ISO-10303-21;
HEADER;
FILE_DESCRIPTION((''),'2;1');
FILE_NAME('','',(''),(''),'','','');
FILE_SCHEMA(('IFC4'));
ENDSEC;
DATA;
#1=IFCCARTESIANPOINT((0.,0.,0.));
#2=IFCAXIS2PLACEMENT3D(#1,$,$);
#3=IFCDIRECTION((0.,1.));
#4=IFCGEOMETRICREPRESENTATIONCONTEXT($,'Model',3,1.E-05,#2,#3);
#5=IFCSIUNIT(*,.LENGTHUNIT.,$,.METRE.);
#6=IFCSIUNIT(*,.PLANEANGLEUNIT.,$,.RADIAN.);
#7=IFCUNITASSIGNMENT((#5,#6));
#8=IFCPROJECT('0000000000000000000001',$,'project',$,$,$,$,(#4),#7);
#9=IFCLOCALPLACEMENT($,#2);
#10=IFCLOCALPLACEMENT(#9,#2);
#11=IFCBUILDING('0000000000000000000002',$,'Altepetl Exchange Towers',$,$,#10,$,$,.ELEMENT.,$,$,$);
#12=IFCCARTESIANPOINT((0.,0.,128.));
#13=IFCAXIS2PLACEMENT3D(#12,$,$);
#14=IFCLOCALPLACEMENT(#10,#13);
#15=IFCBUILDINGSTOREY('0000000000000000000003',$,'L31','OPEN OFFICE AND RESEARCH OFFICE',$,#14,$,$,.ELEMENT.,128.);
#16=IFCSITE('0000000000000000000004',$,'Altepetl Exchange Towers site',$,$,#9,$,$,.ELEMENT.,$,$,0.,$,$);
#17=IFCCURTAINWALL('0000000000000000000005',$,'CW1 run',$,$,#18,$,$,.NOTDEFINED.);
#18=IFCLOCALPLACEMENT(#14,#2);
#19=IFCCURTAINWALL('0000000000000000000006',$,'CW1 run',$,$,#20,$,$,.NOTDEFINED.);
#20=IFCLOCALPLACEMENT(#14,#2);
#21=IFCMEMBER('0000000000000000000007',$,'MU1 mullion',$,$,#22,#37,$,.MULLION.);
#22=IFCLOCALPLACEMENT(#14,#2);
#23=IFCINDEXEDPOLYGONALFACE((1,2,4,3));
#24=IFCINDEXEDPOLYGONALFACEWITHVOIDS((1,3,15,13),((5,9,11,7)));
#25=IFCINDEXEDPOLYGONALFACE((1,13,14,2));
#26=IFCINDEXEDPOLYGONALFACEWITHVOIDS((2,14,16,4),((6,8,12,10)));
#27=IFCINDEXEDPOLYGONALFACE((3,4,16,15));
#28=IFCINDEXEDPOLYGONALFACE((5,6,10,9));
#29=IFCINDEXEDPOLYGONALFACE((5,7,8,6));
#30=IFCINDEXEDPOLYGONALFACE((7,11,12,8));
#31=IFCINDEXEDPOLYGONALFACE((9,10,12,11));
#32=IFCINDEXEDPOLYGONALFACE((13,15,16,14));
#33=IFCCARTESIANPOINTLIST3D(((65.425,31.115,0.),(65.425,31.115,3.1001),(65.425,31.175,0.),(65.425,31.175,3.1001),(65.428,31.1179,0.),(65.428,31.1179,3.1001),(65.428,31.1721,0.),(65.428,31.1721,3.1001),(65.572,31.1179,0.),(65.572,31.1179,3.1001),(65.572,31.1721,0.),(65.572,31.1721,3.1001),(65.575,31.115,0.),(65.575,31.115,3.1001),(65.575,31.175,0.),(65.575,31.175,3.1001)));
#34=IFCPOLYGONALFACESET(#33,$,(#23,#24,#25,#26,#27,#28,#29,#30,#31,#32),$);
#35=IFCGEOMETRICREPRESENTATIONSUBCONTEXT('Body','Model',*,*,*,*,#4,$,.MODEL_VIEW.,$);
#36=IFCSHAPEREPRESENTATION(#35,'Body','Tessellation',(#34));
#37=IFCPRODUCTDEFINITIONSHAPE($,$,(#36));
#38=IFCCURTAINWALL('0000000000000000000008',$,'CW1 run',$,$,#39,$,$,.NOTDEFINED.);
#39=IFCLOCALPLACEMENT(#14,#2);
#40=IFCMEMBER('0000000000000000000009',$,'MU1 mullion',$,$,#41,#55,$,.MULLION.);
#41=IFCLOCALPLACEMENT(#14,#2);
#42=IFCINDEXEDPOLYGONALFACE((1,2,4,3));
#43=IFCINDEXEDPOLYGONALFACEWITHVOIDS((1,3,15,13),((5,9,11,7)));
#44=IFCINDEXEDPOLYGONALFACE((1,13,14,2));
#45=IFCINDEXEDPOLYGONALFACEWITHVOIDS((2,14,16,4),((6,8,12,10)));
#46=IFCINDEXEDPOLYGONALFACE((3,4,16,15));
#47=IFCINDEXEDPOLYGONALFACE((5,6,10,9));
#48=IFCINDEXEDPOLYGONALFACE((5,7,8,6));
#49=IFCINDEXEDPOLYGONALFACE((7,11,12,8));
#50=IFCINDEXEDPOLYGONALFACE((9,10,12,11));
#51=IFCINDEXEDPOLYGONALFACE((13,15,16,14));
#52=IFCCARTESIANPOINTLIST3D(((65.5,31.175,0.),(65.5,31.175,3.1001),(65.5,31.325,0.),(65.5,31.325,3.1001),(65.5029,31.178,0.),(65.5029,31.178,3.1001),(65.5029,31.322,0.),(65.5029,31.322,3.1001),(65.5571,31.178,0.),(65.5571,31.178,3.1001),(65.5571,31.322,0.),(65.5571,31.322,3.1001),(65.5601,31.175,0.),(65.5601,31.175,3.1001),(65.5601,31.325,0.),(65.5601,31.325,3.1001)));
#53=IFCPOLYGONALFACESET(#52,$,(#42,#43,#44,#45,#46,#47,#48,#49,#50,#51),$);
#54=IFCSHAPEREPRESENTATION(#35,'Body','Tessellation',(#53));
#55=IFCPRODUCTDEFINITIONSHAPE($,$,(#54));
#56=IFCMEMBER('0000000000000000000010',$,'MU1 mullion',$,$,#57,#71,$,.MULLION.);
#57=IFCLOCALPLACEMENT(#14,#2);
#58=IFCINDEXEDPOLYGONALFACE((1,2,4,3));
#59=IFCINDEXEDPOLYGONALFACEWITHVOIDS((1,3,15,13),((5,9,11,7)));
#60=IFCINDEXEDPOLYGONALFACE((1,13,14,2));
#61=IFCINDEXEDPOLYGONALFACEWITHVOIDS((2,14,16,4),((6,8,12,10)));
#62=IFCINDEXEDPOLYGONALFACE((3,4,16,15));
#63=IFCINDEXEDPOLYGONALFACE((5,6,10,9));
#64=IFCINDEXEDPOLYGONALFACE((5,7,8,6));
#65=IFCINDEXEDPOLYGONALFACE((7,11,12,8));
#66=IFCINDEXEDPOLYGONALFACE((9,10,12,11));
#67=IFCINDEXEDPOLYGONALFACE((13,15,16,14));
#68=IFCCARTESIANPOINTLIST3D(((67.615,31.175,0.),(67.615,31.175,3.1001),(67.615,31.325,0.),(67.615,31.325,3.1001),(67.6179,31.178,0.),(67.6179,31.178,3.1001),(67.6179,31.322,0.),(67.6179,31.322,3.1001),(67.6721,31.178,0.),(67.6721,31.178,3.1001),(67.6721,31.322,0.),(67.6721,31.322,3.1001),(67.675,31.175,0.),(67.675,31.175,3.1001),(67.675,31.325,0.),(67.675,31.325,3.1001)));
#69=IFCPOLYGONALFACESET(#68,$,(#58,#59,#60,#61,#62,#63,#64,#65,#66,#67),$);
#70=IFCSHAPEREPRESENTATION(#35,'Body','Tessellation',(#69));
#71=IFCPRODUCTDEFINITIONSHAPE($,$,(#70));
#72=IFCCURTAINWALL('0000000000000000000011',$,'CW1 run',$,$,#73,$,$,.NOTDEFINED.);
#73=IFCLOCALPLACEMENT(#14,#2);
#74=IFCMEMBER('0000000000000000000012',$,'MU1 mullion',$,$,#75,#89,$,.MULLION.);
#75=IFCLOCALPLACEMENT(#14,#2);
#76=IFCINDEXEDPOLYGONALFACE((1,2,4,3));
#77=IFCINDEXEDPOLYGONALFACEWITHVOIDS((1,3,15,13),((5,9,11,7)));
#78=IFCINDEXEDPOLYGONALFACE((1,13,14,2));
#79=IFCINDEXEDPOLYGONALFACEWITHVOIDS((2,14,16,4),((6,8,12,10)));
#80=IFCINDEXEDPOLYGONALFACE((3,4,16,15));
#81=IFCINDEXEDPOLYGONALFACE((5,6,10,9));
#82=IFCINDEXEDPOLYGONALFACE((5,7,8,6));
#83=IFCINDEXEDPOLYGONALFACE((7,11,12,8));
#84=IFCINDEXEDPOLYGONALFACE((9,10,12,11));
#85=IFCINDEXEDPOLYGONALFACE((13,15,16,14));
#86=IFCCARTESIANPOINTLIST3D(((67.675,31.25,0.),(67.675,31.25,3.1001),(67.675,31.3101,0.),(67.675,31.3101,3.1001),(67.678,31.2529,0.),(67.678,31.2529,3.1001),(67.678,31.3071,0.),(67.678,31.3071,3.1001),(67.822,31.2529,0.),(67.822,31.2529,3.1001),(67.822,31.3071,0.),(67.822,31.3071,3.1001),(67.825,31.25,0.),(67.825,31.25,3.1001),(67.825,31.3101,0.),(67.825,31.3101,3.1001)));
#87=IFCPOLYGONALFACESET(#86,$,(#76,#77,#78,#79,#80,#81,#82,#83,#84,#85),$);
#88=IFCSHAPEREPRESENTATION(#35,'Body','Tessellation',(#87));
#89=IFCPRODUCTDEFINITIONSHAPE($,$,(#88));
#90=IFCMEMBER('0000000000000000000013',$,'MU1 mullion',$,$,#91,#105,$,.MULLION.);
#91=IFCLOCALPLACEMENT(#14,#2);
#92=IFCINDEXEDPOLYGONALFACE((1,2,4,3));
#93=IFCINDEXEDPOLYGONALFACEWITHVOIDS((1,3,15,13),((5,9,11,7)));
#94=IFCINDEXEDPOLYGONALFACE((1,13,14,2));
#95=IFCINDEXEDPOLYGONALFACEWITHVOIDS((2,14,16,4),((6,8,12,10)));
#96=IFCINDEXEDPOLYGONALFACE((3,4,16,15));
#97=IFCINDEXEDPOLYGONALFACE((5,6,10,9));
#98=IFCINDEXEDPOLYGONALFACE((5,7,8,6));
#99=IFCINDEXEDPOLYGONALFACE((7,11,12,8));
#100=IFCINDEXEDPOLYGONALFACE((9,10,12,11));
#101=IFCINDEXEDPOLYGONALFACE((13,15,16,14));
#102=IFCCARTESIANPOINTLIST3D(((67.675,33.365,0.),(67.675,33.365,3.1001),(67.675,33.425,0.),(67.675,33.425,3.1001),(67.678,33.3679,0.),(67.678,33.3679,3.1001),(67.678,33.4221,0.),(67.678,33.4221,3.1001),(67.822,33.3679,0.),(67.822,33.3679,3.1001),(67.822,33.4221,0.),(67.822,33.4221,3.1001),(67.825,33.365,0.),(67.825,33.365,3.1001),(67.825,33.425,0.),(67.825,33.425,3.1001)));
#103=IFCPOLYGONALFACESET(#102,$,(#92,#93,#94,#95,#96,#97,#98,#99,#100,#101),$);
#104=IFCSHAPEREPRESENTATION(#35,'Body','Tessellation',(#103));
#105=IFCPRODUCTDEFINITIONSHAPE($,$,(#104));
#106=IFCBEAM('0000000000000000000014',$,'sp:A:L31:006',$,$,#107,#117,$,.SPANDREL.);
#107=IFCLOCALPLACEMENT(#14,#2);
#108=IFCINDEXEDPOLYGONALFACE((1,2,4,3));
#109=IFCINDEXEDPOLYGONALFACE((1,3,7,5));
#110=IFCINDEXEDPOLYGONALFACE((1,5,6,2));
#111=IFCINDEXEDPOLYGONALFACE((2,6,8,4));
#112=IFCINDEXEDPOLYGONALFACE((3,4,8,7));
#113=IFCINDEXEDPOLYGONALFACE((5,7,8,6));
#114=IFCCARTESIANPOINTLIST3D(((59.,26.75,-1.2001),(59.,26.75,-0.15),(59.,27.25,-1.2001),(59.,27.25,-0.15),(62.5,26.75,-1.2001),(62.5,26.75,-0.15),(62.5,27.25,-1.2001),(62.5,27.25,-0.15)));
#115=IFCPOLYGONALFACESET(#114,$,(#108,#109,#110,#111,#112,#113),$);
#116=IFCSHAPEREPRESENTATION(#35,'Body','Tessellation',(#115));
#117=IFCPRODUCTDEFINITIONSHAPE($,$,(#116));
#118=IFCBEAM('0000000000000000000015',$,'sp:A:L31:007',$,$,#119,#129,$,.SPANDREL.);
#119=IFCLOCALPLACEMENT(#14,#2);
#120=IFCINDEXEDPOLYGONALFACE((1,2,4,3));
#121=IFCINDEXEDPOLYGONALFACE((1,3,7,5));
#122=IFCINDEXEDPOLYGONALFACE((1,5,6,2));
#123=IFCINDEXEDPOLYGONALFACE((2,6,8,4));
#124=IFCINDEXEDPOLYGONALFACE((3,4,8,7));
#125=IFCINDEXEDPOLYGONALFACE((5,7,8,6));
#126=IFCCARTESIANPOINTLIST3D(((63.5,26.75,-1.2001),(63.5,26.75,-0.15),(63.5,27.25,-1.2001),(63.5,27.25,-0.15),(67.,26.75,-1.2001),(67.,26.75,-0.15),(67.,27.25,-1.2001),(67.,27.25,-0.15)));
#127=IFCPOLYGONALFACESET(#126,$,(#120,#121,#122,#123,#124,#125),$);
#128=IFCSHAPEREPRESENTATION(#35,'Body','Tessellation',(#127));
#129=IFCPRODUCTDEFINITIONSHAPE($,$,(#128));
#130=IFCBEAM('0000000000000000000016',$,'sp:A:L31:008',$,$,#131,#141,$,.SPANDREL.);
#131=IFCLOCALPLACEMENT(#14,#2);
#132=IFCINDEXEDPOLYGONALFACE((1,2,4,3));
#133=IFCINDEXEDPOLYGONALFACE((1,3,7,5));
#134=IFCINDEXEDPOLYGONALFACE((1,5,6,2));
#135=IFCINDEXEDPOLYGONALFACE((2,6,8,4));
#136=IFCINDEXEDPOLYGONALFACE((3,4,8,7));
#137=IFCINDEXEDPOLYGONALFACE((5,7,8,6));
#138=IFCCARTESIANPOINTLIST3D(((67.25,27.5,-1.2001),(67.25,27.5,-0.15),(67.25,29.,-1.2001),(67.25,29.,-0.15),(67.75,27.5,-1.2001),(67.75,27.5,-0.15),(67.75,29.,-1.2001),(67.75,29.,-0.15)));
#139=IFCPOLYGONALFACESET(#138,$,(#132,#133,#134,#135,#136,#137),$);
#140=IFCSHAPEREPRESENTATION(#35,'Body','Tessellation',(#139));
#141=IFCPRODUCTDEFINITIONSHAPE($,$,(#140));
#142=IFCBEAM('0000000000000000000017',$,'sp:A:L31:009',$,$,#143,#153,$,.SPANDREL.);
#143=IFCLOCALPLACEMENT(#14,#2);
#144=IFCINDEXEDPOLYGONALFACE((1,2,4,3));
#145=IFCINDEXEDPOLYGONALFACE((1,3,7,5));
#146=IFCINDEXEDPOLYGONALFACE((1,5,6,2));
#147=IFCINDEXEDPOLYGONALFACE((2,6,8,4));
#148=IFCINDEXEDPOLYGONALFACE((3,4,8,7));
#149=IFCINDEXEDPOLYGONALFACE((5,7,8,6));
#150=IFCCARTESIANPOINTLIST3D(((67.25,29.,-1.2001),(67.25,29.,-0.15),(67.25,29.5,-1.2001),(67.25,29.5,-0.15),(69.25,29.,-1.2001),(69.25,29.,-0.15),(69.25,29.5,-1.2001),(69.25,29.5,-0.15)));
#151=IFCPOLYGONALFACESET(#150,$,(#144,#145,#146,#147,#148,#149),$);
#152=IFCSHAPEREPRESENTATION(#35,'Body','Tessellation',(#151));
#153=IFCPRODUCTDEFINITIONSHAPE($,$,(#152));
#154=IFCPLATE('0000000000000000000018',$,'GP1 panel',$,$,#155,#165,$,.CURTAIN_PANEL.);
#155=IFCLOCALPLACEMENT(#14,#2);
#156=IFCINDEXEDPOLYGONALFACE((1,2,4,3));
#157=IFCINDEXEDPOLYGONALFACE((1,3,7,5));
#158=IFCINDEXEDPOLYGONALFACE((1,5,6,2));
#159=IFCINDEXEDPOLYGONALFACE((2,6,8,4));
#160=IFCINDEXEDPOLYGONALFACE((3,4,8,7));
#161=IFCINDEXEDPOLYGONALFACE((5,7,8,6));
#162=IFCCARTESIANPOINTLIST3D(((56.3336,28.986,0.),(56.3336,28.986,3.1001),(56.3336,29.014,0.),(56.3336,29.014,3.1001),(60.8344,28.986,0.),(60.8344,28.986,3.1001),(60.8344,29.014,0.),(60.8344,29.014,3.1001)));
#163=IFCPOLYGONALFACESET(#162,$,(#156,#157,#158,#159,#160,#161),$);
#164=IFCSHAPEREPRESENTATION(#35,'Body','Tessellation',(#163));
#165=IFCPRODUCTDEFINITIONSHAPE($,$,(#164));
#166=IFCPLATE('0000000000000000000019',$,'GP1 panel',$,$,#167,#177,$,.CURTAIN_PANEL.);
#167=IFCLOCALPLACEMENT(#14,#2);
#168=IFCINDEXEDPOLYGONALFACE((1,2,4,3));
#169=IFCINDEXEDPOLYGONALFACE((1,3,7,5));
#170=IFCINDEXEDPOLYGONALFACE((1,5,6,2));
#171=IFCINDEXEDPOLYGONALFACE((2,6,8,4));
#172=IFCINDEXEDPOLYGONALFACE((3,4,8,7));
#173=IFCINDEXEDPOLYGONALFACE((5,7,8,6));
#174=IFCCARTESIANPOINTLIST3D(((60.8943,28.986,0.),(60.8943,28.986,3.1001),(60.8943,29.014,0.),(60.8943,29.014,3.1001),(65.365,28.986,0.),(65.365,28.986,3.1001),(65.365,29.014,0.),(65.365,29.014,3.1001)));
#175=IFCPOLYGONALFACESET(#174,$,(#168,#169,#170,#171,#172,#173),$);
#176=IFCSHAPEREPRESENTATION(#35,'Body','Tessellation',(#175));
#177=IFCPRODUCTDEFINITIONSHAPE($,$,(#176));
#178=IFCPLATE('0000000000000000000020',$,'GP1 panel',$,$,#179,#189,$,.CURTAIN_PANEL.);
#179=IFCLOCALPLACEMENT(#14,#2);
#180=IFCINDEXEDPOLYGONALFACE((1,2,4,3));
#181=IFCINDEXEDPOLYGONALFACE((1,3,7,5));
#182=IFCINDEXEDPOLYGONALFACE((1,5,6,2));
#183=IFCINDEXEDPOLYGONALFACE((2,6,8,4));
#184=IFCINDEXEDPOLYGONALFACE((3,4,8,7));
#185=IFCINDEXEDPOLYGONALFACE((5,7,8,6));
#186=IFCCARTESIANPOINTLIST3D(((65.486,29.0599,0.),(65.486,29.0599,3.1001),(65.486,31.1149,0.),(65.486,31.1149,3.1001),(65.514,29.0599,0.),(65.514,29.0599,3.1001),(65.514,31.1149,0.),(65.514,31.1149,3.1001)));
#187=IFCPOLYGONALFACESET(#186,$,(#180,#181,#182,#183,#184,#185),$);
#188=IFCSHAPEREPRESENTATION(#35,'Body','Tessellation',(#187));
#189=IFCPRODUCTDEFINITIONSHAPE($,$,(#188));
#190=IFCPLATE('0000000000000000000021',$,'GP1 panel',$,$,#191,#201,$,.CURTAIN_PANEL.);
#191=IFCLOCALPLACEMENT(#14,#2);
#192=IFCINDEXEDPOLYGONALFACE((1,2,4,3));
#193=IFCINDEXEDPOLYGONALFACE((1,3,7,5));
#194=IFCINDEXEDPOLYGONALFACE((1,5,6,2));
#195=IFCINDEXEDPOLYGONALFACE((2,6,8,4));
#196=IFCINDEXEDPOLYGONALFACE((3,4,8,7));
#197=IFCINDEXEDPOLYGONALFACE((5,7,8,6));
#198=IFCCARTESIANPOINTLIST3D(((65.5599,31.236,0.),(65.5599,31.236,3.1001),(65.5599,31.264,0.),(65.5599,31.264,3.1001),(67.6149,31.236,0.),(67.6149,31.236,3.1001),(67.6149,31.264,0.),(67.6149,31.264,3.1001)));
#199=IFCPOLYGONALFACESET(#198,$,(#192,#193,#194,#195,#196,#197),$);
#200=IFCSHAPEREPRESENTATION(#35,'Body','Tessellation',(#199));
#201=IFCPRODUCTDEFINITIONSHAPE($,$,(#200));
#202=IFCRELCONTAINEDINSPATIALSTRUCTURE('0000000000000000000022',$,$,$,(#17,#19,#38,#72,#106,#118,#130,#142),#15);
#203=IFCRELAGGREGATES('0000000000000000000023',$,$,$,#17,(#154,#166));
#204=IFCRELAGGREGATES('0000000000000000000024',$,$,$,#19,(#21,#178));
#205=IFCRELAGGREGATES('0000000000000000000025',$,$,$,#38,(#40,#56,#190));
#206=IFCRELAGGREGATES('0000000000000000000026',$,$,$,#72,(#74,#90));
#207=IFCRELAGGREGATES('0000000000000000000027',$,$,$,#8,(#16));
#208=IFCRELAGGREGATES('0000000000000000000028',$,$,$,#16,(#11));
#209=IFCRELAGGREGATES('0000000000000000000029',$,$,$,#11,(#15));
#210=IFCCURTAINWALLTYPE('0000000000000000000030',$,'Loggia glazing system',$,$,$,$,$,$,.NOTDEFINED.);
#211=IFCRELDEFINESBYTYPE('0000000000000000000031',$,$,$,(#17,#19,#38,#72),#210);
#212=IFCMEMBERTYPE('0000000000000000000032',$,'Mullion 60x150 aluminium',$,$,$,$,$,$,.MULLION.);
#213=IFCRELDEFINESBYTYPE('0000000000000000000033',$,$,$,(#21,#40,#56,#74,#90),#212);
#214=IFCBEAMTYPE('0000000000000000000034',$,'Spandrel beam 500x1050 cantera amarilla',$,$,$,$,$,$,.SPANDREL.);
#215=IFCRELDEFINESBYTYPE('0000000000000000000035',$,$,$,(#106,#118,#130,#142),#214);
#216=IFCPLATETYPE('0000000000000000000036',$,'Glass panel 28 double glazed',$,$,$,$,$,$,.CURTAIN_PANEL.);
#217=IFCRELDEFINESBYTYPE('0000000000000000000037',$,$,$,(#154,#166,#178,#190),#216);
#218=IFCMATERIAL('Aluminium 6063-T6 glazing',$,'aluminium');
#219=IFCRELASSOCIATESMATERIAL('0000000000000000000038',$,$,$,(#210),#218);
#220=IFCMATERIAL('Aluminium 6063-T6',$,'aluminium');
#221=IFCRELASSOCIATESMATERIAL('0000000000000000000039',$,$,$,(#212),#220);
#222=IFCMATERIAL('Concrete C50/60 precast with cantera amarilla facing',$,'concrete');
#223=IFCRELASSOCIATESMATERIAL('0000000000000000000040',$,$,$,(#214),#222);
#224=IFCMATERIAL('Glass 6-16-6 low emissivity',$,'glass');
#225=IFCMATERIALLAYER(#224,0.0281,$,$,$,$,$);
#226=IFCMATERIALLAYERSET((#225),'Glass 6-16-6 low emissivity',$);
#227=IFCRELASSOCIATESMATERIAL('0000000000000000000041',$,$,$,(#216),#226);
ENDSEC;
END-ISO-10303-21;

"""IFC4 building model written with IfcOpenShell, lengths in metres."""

from ifc_helpers import new_model, si_unit, direction, frame, origin, origin_2d, place, context, subcontext, project, spatial, rectangle, hollow_rectangle, extrude, material, layer, layer_set, material_profile, profile_set, type_object, element, aggregate, save


model = new_model("IFC4")

# Units and contexts
model_context = context("Model", 3, precision=1e-05, world=origin(), true_north=direction((0.0, 1.0)))
body_context = subcontext(model_context, "Body", "Model", "MODEL_VIEW")
ifc_project = project(units=[si_unit("LENGTHUNIT", "METRE"), si_unit("PLANEANGLEUNIT", "RADIAN")], contexts=[model_context])

# Site, building, storey
site_placement = place(None, origin())
site = spatial("IfcSite", under=ifc_project, at=site_placement, Name="Altepetl Exchange Towers site", CompositionType="ELEMENT", RefElevation=0.0)
building_placement = place(site_placement, origin())
building = spatial("IfcBuilding", under=site, at=building_placement, Name="Altepetl Exchange Towers", CompositionType="ELEMENT")
storey_placement = place(building_placement, frame((0.0, 0.0, 128.0)))
storey = spatial("IfcBuildingStorey", under=building, at=storey_placement, Name="L31", Description="OPEN OFFICE AND RESEARCH OFFICE", CompositionType="ELEMENT", Elevation=128.0)

# Curtain walls, members
ifc_material_1 = material(Name="Aluminium 6063-T6 glazing", Category="aluminium")
curtain_wall_type = type_object("IfcCurtainWallType", Name="Loggia glazing system", PredefinedType="NOTDEFINED", material=ifc_material_1)
curtain_wall_1_placement = place(storey_placement, origin())
curtain_wall_1 = element("IfcCurtainWall", 1, at=curtain_wall_1_placement, inside=storey, type_object=curtain_wall_type, Name="CW1 run", PredefinedType="NOTDEFINED")
ifc_material_2 = material(Name="Aluminium 6063-T6", Category="aluminium")
ifc_material_profile_1 = material_profile(ifc_material_2, hollow_rectangle(XDim=0.0601, YDim=0.1499, WallThickness=0.0029, at=origin_2d()), Name="Mullion 60x150 aluminium")
ifc_profile_set_1 = profile_set([ifc_material_profile_1], Name="Aluminium 6063-T6")
member_type = type_object("IfcMemberType", Name="Mullion 60x150 aluminium", PredefinedType="MULLION", material=ifc_profile_set_1)
curtain_wall_2_placement = place(storey_placement, origin())
curtain_wall_2 = element("IfcCurtainWall", 2, at=curtain_wall_2_placement, inside=storey, type_object=curtain_wall_type, Name="CW1 run", PredefinedType="NOTDEFINED")
member_1_placement = place(storey_placement, frame((65.5, 31.145, 0.0), z_axis=(0.0, 0.0, 1.0), x_axis=(0.0, 1.0, 0.0)))
member_1 = element("IfcMember", 3, at=member_1_placement, type_object=member_type, Name="MU1 mullion", PredefinedType="MULLION", context=body_context, shape_type="SweptSolid", body=[
    extrude(hollow_rectangle(XDim=0.0601, YDim=0.1499, WallThickness=0.0029, at=origin_2d()), origin(), (0.0, 0.0, 1.0), 3.1001),
])
curtain_wall_3_placement = place(storey_placement, origin())
curtain_wall_3 = element("IfcCurtainWall", 4, at=curtain_wall_3_placement, inside=storey, type_object=curtain_wall_type, Name="CW1 run", PredefinedType="NOTDEFINED")
member_2_placement = place(storey_placement, frame((65.53, 31.25, 0.0)))
member_2 = element("IfcMember", 5, at=member_2_placement, type_object=member_type, Name="MU1 mullion", PredefinedType="MULLION", context=body_context, shape_type="SweptSolid", body=[
    extrude(hollow_rectangle(XDim=0.0601, YDim=0.1499, WallThickness=0.0029, at=origin_2d()), origin(), (0.0, 0.0, 1.0), 3.1001),
])
member_3_placement = place(storey_placement, frame((67.645, 31.25, 0.0)))
member_3 = element("IfcMember", 6, at=member_3_placement, type_object=member_type, Name="MU1 mullion", PredefinedType="MULLION", context=body_context, shape_type="SweptSolid", body=[
    extrude(hollow_rectangle(XDim=0.0601, YDim=0.1499, WallThickness=0.0029, at=origin_2d()), origin(), (0.0, 0.0, 1.0), 3.1001),
])
curtain_wall_4_placement = place(storey_placement, origin())
curtain_wall_4 = element("IfcCurtainWall", 7, at=curtain_wall_4_placement, inside=storey, type_object=curtain_wall_type, Name="CW1 run", PredefinedType="NOTDEFINED")
member_4_placement = place(storey_placement, frame((67.75, 31.28, 0.0), z_axis=(0.0, 0.0, 1.0), x_axis=(0.0, 1.0, 0.0)))
member_4 = element("IfcMember", 8, at=member_4_placement, type_object=member_type, Name="MU1 mullion", PredefinedType="MULLION", context=body_context, shape_type="SweptSolid", body=[
    extrude(hollow_rectangle(XDim=0.0601, YDim=0.1499, WallThickness=0.0029, at=origin_2d()), origin(), (0.0, 0.0, 1.0), 3.1001),
])
member_5_placement = place(storey_placement, frame((67.75, 33.395, 0.0), z_axis=(0.0, 0.0, 1.0), x_axis=(0.0, 1.0, 0.0)))
member_5 = element("IfcMember", 9, at=member_5_placement, type_object=member_type, Name="MU1 mullion", PredefinedType="MULLION", context=body_context, shape_type="SweptSolid", body=[
    extrude(hollow_rectangle(XDim=0.0601, YDim=0.1499, WallThickness=0.0029, at=origin_2d()), origin(), (0.0, 0.0, 1.0), 3.1001),
])

# Beams
ifc_material_3 = material(Name="Concrete C50/60 precast with cantera amarilla facing", Category="concrete")
ifc_material_profile_2 = material_profile(ifc_material_3, rectangle(XDim=0.5, YDim=1.05, at=origin_2d()), Name="500 x 1050")
ifc_profile_set_2 = profile_set([ifc_material_profile_2], Name="Concrete C50/60 precast with cantera amarilla facing")
beam_type_1 = type_object("IfcBeamType", Name="Spandrel beam 500x1050 cantera amarilla", PredefinedType="SPANDREL", material=ifc_profile_set_2)
for number, where, z_axis, x_axis, name in (
    (10, (59.0, 27.0, -0.675), (1.0, 0.0, 0.0), (0.0, 1.0, 0.0), "sp:A:L31:006"),
    (11, (63.5, 27.0, -0.675), (1.0, 0.0, 0.0), (0.0, 1.0, 0.0), "sp:A:L31:007"),
):
    element("IfcBeam", number, at=place(storey_placement, frame(where, z_axis=z_axis, x_axis=x_axis)), inside=storey, type_object=beam_type_1, Name=name, PredefinedType="SPANDREL", context=body_context, shape_type="SweptSolid", body=[
        extrude(rectangle(XDim=0.5, YDim=1.05, at=origin_2d()), origin(), (0.0, 0.0, 1.0), 3.5),
    ])
beam_1_placement = place(storey_placement, frame((67.5, 27.5, -0.675), z_axis=(0.0, 1.0, 0.0), x_axis=(-1.0, 0.0, 0.0)))
element("IfcBeam", 12, at=beam_1_placement, inside=storey, type_object=beam_type_1, Name="sp:A:L31:008", PredefinedType="SPANDREL", context=body_context, shape_type="SweptSolid", body=[
    extrude(rectangle(XDim=0.5, YDim=1.05, at=origin_2d()), origin(), (0.0, 0.0, 1.0), 1.5),
])
beam_2_placement = place(storey_placement, frame((67.25, 29.25, -0.675), z_axis=(1.0, 0.0, 0.0), x_axis=(0.0, 1.0, 0.0)))
element("IfcBeam", 13, at=beam_2_placement, inside=storey, type_object=beam_type_1, Name="sp:A:L31:009", PredefinedType="SPANDREL", context=body_context, shape_type="SweptSolid", body=[
    extrude(rectangle(XDim=0.5, YDim=1.05, at=origin_2d()), origin(), (0.0, 0.0, 1.0), 2.0),
])

# Plates
ifc_material_4 = material(Name="Glass 6-16-6 low emissivity", Category="glass")
ifc_layer_1 = layer(ifc_material_4, 0.0281)
ifc_layer_set_1 = layer_set([ifc_layer_1], Name="Glass 6-16-6 low emissivity")
plate_type = type_object("IfcPlateType", Name="Glass panel 28 double glazed", PredefinedType="CURTAIN_PANEL", material=ifc_layer_set_1)
plate_1_placement = place(storey_placement, frame((58.584, 29.0, 0.0)))
plate_1 = element("IfcPlate", 14, at=plate_1_placement, type_object=plate_type, Name="GP1 panel", PredefinedType="CURTAIN_PANEL", context=body_context, shape_type="SweptSolid", body=[
    extrude(rectangle(XDim=4.5007, YDim=0.0281, at=origin_2d()), origin(), (0.0, 0.0, 1.0), 3.1001),
])
plate_2_placement = place(storey_placement, frame((63.1296, 29.0, 0.0)))
plate_2 = element("IfcPlate", 15, at=plate_2_placement, type_object=plate_type, Name="GP1 panel", PredefinedType="CURTAIN_PANEL", context=body_context, shape_type="SweptSolid", body=[
    extrude(rectangle(XDim=4.4707, YDim=0.0281, at=origin_2d()), origin(), (0.0, 0.0, 1.0), 3.1001),
])
aggregate(curtain_wall_1, [plate_1, plate_2])
plate_3_placement = place(storey_placement, frame((65.5, 30.0874, 0.0), z_axis=(0.0, 0.0, 1.0), x_axis=(0.0, 1.0, 0.0)))
plate_3 = element("IfcPlate", 16, at=plate_3_placement, type_object=plate_type, Name="GP1 panel", PredefinedType="CURTAIN_PANEL", context=body_context, shape_type="SweptSolid", body=[
    extrude(rectangle(XDim=2.0549, YDim=0.0281, at=origin_2d()), origin(), (0.0, 0.0, 1.0), 3.1001),
])
aggregate(curtain_wall_2, [member_1, plate_3])
plate_4_placement = place(storey_placement, frame((66.5874, 31.25, 0.0)))
plate_4 = element("IfcPlate", 17, at=plate_4_placement, type_object=plate_type, Name="GP1 panel", PredefinedType="CURTAIN_PANEL", context=body_context, shape_type="SweptSolid", body=[
    extrude(rectangle(XDim=2.0549, YDim=0.0281, at=origin_2d()), origin(), (0.0, 0.0, 1.0), 3.1001),
])
aggregate(curtain_wall_3, [member_2, member_3, plate_4])
aggregate(curtain_wall_4, [member_4, member_5])

save(model, "model.ifc")
